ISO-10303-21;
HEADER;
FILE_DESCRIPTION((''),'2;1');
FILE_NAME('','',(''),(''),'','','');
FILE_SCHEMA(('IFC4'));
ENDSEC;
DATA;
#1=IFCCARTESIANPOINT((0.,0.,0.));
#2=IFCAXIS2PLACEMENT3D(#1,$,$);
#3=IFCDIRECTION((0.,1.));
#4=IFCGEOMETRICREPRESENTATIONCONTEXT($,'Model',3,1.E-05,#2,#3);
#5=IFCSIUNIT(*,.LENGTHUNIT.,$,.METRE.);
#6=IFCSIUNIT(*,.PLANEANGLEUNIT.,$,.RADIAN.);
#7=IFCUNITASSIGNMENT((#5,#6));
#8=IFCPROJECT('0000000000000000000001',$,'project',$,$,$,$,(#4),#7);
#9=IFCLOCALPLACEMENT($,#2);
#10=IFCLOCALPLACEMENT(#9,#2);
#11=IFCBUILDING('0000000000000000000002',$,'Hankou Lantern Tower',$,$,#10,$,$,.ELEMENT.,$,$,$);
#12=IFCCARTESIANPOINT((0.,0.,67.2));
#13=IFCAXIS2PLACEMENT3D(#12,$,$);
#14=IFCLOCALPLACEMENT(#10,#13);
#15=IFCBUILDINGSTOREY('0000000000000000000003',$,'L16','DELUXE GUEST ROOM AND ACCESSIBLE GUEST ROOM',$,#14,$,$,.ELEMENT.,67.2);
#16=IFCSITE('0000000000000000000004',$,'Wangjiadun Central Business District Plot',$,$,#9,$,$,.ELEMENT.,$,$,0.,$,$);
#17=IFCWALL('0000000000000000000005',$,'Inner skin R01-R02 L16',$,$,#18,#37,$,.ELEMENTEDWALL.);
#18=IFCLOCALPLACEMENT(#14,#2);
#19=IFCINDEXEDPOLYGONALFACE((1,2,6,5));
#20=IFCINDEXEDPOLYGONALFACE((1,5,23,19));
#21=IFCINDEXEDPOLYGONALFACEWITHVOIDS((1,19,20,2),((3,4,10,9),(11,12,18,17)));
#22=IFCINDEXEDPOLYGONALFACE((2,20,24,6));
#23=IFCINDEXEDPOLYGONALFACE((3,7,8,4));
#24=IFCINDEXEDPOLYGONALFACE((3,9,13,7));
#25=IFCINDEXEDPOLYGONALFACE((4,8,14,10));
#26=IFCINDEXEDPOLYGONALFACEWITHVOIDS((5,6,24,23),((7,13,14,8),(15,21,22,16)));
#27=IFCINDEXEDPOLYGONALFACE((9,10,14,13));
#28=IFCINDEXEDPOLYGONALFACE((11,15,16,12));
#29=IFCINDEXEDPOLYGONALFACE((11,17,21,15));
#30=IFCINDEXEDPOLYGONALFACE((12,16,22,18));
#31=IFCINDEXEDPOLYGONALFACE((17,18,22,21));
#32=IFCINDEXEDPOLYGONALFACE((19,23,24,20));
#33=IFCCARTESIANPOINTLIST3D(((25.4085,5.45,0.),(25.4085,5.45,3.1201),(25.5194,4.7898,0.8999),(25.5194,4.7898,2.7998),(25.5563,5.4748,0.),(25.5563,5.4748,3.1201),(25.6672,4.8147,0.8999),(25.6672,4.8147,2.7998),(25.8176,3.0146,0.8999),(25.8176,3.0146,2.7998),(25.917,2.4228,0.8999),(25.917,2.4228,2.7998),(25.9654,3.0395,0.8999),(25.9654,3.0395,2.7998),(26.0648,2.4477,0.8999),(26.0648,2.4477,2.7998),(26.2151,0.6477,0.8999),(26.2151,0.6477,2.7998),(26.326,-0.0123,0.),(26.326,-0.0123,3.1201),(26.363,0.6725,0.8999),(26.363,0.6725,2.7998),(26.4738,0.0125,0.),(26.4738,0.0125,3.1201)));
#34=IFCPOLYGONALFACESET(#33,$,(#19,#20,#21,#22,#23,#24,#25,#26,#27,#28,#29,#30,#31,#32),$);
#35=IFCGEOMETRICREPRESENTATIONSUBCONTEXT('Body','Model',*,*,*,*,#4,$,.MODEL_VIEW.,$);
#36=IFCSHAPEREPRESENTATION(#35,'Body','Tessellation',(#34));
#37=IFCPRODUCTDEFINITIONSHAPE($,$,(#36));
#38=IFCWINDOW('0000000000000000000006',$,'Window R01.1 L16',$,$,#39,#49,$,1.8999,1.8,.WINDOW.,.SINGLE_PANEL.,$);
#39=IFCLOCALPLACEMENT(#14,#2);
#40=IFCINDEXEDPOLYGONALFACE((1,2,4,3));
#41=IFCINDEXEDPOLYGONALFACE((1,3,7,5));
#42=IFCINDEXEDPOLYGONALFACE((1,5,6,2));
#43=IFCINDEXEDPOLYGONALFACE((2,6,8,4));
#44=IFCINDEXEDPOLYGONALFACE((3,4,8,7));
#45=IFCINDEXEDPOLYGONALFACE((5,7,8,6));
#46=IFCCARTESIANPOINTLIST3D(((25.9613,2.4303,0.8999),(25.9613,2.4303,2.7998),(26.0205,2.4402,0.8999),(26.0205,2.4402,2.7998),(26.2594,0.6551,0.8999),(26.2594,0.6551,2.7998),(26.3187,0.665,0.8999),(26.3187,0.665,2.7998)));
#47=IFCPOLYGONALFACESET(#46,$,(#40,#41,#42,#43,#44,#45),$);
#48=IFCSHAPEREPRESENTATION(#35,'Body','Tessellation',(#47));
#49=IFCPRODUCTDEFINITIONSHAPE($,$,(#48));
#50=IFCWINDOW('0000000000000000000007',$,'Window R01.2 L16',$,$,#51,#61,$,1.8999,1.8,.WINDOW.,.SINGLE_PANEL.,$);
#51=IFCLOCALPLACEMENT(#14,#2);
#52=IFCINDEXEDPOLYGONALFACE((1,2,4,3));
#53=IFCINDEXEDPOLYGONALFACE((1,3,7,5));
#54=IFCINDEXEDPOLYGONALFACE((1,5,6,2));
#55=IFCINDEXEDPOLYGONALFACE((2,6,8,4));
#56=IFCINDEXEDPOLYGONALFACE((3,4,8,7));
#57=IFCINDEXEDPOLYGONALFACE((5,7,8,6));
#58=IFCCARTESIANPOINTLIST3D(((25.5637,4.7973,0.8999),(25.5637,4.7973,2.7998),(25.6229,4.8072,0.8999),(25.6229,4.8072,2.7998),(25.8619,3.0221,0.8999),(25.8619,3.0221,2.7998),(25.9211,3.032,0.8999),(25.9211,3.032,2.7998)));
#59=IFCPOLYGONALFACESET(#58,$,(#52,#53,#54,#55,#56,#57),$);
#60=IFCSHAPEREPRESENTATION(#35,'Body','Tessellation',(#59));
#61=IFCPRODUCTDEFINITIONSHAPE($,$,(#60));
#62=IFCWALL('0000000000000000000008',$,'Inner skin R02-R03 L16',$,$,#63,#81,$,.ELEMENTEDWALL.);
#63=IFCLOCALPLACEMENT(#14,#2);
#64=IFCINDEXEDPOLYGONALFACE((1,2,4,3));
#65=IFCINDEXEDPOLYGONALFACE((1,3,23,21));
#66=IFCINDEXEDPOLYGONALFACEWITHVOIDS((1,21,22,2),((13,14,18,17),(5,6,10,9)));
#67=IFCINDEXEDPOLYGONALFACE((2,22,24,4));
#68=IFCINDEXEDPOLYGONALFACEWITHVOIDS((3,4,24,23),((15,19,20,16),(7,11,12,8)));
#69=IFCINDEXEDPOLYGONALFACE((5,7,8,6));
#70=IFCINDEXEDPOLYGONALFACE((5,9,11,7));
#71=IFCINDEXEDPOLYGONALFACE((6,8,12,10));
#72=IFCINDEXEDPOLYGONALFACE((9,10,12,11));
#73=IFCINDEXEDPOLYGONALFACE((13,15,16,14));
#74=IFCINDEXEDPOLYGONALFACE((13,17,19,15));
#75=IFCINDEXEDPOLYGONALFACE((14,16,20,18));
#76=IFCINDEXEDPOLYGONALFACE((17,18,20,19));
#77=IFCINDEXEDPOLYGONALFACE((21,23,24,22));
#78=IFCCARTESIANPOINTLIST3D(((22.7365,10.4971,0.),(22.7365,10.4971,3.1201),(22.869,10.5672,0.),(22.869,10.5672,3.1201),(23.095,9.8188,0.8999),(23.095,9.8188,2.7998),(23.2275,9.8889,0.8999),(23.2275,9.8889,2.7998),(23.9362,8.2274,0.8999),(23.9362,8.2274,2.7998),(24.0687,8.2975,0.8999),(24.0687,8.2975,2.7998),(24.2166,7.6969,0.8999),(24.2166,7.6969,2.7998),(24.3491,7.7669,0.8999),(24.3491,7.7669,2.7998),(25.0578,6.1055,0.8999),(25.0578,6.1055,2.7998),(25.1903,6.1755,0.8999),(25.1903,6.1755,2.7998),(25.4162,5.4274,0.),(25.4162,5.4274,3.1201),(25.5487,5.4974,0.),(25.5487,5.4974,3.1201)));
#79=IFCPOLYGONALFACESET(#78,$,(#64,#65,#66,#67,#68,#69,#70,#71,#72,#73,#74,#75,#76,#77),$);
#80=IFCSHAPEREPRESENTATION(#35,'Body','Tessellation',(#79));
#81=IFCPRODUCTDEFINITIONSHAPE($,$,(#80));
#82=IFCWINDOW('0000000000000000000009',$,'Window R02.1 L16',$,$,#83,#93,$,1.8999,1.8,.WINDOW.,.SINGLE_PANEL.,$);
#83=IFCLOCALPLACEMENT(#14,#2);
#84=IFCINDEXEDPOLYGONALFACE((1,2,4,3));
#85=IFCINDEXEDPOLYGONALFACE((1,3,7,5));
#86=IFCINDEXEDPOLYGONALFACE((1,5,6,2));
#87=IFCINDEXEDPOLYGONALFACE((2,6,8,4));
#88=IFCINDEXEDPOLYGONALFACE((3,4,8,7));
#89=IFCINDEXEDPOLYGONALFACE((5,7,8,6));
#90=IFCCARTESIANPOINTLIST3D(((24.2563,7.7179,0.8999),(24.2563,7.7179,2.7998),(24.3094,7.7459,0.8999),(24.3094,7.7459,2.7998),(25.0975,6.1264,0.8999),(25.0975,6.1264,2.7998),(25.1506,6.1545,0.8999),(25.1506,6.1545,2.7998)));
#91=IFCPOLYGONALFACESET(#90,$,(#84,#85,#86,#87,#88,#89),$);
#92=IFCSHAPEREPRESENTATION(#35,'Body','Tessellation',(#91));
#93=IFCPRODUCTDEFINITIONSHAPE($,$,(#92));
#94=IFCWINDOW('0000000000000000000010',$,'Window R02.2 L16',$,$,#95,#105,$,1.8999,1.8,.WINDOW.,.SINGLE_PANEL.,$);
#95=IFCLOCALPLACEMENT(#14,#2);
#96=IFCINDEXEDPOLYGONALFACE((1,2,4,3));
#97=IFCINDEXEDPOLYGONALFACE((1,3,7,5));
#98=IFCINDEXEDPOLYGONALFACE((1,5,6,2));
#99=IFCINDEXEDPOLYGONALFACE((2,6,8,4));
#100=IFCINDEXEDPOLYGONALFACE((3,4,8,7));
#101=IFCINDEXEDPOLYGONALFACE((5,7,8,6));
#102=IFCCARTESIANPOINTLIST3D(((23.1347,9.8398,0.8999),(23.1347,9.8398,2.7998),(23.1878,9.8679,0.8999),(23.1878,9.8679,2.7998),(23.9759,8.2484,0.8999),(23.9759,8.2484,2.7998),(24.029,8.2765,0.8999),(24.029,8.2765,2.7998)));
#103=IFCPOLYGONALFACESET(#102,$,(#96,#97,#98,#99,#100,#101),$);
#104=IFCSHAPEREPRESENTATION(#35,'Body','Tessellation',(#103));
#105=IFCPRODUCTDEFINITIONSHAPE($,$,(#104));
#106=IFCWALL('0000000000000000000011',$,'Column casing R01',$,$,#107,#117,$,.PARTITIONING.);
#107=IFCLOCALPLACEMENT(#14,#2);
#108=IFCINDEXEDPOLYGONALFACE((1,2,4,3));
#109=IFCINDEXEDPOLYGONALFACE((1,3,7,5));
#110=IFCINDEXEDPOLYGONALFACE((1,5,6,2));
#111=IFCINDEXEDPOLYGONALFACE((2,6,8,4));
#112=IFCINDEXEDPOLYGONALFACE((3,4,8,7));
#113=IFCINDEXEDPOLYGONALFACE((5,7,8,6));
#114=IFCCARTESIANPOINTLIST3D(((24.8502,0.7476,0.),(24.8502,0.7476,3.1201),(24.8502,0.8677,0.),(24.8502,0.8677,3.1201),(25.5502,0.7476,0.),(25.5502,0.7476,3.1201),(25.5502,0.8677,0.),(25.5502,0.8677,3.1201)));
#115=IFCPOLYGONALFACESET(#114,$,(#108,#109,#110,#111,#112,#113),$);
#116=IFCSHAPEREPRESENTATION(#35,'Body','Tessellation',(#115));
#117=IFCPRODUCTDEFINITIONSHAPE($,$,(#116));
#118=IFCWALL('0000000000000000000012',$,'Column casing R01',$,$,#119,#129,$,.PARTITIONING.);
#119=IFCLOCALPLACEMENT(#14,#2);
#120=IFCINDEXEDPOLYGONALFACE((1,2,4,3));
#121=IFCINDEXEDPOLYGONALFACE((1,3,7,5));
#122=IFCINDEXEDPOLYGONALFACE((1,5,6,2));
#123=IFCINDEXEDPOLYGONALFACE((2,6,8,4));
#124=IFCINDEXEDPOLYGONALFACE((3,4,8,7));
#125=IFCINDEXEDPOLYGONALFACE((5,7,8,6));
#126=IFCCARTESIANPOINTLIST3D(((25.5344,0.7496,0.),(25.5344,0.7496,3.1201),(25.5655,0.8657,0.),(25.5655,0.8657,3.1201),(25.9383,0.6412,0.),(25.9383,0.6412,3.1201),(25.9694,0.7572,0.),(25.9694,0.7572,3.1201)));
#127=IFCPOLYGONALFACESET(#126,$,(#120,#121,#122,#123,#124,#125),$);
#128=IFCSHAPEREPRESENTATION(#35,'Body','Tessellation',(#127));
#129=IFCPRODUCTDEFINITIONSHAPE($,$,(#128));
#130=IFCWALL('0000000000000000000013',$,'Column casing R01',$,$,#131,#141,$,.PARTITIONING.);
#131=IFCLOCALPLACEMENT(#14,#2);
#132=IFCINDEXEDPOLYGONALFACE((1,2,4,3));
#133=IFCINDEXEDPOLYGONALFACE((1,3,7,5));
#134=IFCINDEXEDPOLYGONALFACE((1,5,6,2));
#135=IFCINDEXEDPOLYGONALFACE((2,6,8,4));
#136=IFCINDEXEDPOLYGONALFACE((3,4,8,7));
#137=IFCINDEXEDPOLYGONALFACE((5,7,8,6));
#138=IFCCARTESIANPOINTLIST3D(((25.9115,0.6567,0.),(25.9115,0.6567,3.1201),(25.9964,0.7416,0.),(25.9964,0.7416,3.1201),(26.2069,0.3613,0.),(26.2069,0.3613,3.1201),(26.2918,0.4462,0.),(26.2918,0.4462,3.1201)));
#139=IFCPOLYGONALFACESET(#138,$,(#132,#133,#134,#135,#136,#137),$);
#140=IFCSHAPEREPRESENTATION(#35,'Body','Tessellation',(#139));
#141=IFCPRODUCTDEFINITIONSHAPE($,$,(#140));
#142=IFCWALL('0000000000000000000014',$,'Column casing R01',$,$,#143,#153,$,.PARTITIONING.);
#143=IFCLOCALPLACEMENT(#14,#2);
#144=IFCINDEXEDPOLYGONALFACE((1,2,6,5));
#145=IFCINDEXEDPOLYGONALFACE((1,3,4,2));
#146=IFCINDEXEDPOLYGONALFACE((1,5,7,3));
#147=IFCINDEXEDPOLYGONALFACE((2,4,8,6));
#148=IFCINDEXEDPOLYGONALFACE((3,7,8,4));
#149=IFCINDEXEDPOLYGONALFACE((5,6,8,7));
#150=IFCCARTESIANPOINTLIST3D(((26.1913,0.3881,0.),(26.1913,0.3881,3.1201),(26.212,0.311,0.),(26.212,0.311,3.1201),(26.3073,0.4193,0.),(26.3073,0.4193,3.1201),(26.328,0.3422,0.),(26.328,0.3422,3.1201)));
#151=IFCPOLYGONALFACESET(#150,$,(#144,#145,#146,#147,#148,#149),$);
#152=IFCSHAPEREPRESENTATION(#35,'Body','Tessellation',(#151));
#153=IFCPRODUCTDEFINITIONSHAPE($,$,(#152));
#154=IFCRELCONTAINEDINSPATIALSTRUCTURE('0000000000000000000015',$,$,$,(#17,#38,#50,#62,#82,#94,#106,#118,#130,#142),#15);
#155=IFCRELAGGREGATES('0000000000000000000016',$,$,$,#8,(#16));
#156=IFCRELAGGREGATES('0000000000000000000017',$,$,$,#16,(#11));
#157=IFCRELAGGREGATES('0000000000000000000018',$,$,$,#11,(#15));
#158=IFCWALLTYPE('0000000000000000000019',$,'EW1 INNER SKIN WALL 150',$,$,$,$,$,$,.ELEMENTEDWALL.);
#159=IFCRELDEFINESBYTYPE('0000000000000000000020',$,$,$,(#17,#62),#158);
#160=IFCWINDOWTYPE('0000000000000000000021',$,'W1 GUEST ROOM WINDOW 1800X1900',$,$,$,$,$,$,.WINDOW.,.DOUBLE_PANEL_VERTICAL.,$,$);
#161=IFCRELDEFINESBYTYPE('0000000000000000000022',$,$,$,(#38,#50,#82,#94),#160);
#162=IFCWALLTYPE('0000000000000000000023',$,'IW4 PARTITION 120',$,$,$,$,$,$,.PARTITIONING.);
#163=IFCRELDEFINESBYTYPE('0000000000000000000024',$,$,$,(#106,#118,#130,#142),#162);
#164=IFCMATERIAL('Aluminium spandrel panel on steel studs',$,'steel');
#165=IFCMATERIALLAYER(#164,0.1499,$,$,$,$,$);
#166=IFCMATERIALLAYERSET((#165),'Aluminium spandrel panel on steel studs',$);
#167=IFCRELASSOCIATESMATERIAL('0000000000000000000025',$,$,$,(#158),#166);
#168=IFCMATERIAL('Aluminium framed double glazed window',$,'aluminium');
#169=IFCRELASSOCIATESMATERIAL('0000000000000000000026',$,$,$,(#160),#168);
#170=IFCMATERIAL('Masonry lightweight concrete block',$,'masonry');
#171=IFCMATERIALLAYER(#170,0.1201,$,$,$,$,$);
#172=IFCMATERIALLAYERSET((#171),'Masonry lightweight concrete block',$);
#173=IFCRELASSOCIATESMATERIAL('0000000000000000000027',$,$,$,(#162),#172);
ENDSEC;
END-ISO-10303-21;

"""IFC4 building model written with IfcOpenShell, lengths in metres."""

from ifc_helpers import new_model, si_unit, direction, frame, frame_2d, origin, place, context, subcontext, project, spatial, rectangle, extrude, material, layer, layer_set, type_object, element, fill, save


model = new_model("IFC4")

# Units and contexts
model_context = context("Model", 3, precision=1e-05, world=origin(), true_north=direction((0.0, 1.0)))
body_context = subcontext(model_context, "Body", "Model", "MODEL_VIEW")
ifc_project = project(units=[si_unit("LENGTHUNIT", "METRE"), si_unit("PLANEANGLEUNIT", "RADIAN")], contexts=[model_context])

# Site, building, storey
site_placement = place(None, origin())
site = spatial("IfcSite", under=ifc_project, at=site_placement, Name="Wangjiadun Central Business District Plot", CompositionType="ELEMENT", RefElevation=0.0)
building_placement = place(site_placement, origin())
building = spatial("IfcBuilding", under=site, at=building_placement, Name="Hankou Lantern Tower", CompositionType="ELEMENT")
storey_placement = place(building_placement, frame((0.0, 0.0, 67.2)))
storey = spatial("IfcBuildingStorey", under=building, at=storey_placement, Name="L16", Description="DELUXE GUEST ROOM AND ACCESSIBLE GUEST ROOM", CompositionType="ELEMENT", Elevation=67.2)

# Walls, openings, windows
ifc_material_1 = material(Name="Aluminium spandrel panel on steel studs", Category="steel")
ifc_layer_1 = layer(ifc_material_1, 0.1499)
ifc_layer_set_1 = layer_set([ifc_layer_1], Name="Aluminium spandrel panel on steel studs")
wall_type_1 = type_object("IfcWallType", Name="EW1 INNER SKIN WALL 150", PredefinedType="ELEMENTEDWALL", material=ifc_layer_set_1)
wall_1_placement = place(storey_placement, frame((26.3999, 0.0, 0.0), z_axis=(0.0, 0.0, 1.0), x_axis=(-0.165643, 0.986186, 0.0)))
wall_1 = element("IfcWall", 1, at=wall_1_placement, inside=storey, type_object=wall_type_1, Name="Inner skin R01-R02 L16", PredefinedType="ELEMENTEDWALL", context=body_context, shape_type="SweptSolid", body=[
    extrude(rectangle(XDim=5.5388, YDim=0.1499, at=frame_2d((2.7695, 0.0))), origin(), (0.0, 0.0, 1.0), 3.1201),
])
opening_1_placement = place(wall_1_placement, frame((0.6694, 0.0, 0.8999)))
opening_1 = element("IfcOpeningElement", 2, at=opening_1_placement, cuts=wall_1, PredefinedType="OPENING", context=body_context, shape_type="SweptSolid", body=[
    extrude(rectangle(XDim=1.8, YDim=1.8999, at=frame_2d((0.8999, 0.95))), frame((0.0, 0.085, 0.0), z_axis=(0.0, -1.0, 0.0), x_axis=(1.0, 0.0, 0.0)), (0.0, 0.0, 1.0), 0.1699),
])
opening_2_placement = place(wall_1_placement, frame((3.0696, 0.0, 0.8999)))
opening_2 = element("IfcOpeningElement", 3, at=opening_2_placement, cuts=wall_1, PredefinedType="OPENING", context=body_context, shape_type="SweptSolid", body=[
    extrude(rectangle(XDim=1.8, YDim=1.8999, at=frame_2d((0.8999, 0.95))), frame((0.0, 0.085, 0.0), z_axis=(0.0, -1.0, 0.0), x_axis=(1.0, 0.0, 0.0)), (0.0, 0.0, 1.0), 0.1699),
])
ifc_material_2 = material(Name="Aluminium framed double glazed window", Category="aluminium")
window_type = type_object("IfcWindowType", Name="W1 GUEST ROOM WINDOW 1800X1900", PartitioningType="DOUBLE_PANEL_VERTICAL", PredefinedType="WINDOW", material=ifc_material_2)
window_1_placement = place(opening_1_placement, origin())
window_1 = element("IfcWindow", 4, at=window_1_placement, inside=storey, type_object=window_type, Name="Window R01.1 L16", OverallHeight=1.8999, OverallWidth=1.8, PartitioningType="SINGLE_PANEL", PredefinedType="WINDOW", context=body_context, shape_type="SweptSolid", body=[
    extrude(rectangle(XDim=1.8, YDim=1.8999, at=frame_2d((0.8999, 0.95))), frame((0.0, 0.03, 0.0), z_axis=(0.0, -1.0, 0.0), x_axis=(1.0, 0.0, 0.0)), (0.0, 0.0, 1.0), 0.0601),
])
fill(opening_1, window_1)
window_2_placement = place(opening_2_placement, origin())
window_2 = element("IfcWindow", 5, at=window_2_placement, inside=storey, type_object=window_type, Name="Window R01.2 L16", OverallHeight=1.8999, OverallWidth=1.8, PartitioningType="SINGLE_PANEL", PredefinedType="WINDOW", context=body_context, shape_type="SweptSolid", body=[
    extrude(rectangle(XDim=1.8, YDim=1.8999, at=frame_2d((0.8999, 0.95))), frame((0.0, 0.03, 0.0), z_axis=(0.0, -1.0, 0.0), x_axis=(1.0, 0.0, 0.0)), (0.0, 0.0, 1.0), 0.0601),
])
fill(opening_2, window_2)
wall_2_placement = place(storey_placement, frame((25.4824, 5.4624, 0.0), z_axis=(0.0, 0.0, 1.0), x_axis=(-0.467297, 0.8841, 0.0)))
wall_2 = element("IfcWall", 6, at=wall_2_placement, inside=storey, type_object=wall_type_1, Name="Inner skin R02-R03 L16", PredefinedType="ELEMENTEDWALL", context=body_context, shape_type="SweptSolid", body=[
    extrude(rectangle(XDim=5.7344, YDim=0.1499, at=frame_2d((2.8672, 0.0))), origin(), (0.0, 0.0, 1.0), 3.1201),
])
opening_3_placement = place(wall_2_placement, frame((0.7671, 0.0, 0.8999)))
opening_3 = element("IfcOpeningElement", 7, at=opening_3_placement, cuts=wall_2, PredefinedType="OPENING", context=body_context, shape_type="SweptSolid", body=[
    extrude(rectangle(XDim=1.8, YDim=1.8999, at=frame_2d((0.8999, 0.95))), frame((0.0, 0.085, 0.0), z_axis=(0.0, -1.0, 0.0), x_axis=(1.0, 0.0, 0.0)), (0.0, 0.0, 1.0), 0.1699),
])
opening_4_placement = place(wall_2_placement, frame((3.1672, 0.0, 0.8999)))
opening_4 = element("IfcOpeningElement", 8, at=opening_4_placement, cuts=wall_2, PredefinedType="OPENING", context=body_context, shape_type="SweptSolid", body=[
    extrude(rectangle(XDim=1.8, YDim=1.8999, at=frame_2d((0.8999, 0.95))), frame((0.0, 0.085, 0.0), z_axis=(0.0, -1.0, 0.0), x_axis=(1.0, 0.0, 0.0)), (0.0, 0.0, 1.0), 0.1699),
])
window_3_placement = place(opening_3_placement, origin())
window_3 = element("IfcWindow", 9, at=window_3_placement, inside=storey, type_object=window_type, Name="Window R02.1 L16", OverallHeight=1.8999, OverallWidth=1.8, PartitioningType="SINGLE_PANEL", PredefinedType="WINDOW", context=body_context, shape_type="SweptSolid", body=[
    extrude(rectangle(XDim=1.8, YDim=1.8999, at=frame_2d((0.8999, 0.95))), frame((0.0, 0.03, 0.0), z_axis=(0.0, -1.0, 0.0), x_axis=(1.0, 0.0, 0.0)), (0.0, 0.0, 1.0), 0.0601),
])
fill(opening_3, window_3)
window_4_placement = place(opening_4_placement, origin())
window_4 = element("IfcWindow", 10, at=window_4_placement, inside=storey, type_object=window_type, Name="Window R02.2 L16", OverallHeight=1.8999, OverallWidth=1.8, PartitioningType="SINGLE_PANEL", PredefinedType="WINDOW", context=body_context, shape_type="SweptSolid", body=[
    extrude(rectangle(XDim=1.8, YDim=1.8999, at=frame_2d((0.8999, 0.95))), frame((0.0, 0.03, 0.0), z_axis=(0.0, -1.0, 0.0), x_axis=(1.0, 0.0, 0.0)), (0.0, 0.0, 1.0), 0.0601),
])
fill(opening_4, window_4)

# Walls
ifc_material_3 = material(Name="Masonry lightweight concrete block", Category="masonry")
ifc_layer_2 = layer(ifc_material_3, 0.1201)
ifc_layer_set_2 = layer_set([ifc_layer_2], Name="Masonry lightweight concrete block")
wall_type_2 = type_object("IfcWallType", Name="IW4 PARTITION 120", PredefinedType="PARTITIONING", material=ifc_layer_set_2)
wall_3_placement = place(storey_placement, frame((24.8501, 0.8076, 0.0), z_axis=(0.0, 0.0, 1.0), x_axis=(1.0, 0.0, 0.0)))
element("IfcWall", 11, at=wall_3_placement, inside=storey, type_object=wall_type_2, Name="Column casing R01", PredefinedType="PARTITIONING", context=body_context, shape_type="SweptSolid", body=[
    extrude(rectangle(XDim=0.7, YDim=0.1201, at=frame_2d((0.3501, 0.0))), origin(), (0.0, 0.0, 1.0), 3.1201),
])
wall_4_placement = place(storey_placement, frame((25.55, 0.8076, 0.0), z_axis=(0.0, 0.0, 1.0), x_axis=(0.965807, -0.259261, 0.0)))
element("IfcWall", 12, at=wall_4_placement, inside=storey, type_object=wall_type_2, Name="Column casing R01", PredefinedType="PARTITIONING", context=body_context, shape_type="SweptSolid", body=[
    extrude(rectangle(XDim=0.4182, YDim=0.1201, at=frame_2d((0.209, 0.0))), origin(), (0.0, 0.0, 1.0), 3.1201),
])
wall_5_placement = place(storey_placement, frame((25.9539, 0.6992, 0.0), z_axis=(0.0, 0.0, 1.0), x_axis=(0.707107, -0.707107, 0.0)))
element("IfcWall", 13, at=wall_5_placement, inside=storey, type_object=wall_type_2, Name="Column casing R01", PredefinedType="PARTITIONING", context=body_context, shape_type="SweptSolid", body=[
    extrude(rectangle(XDim=0.4177, YDim=0.1201, at=frame_2d((0.209, 0.0))), origin(), (0.0, 0.0, 1.0), 3.1201),
])
wall_6_placement = place(storey_placement, frame((26.2493, 0.4038, 0.0), z_axis=(0.0, 0.0, 1.0), x_axis=(0.259754, -0.965675, 0.0)))
element("IfcWall", 14, at=wall_6_placement, inside=storey, type_object=wall_type_2, Name="Column casing R01", PredefinedType="PARTITIONING", context=body_context, shape_type="SweptSolid", body=[
    extrude(rectangle(XDim=0.0798, YDim=0.1201, at=frame_2d((0.04, 0.0))), origin(), (0.0, 0.0, 1.0), 3.1201),
])

save(model, "model.ifc")
